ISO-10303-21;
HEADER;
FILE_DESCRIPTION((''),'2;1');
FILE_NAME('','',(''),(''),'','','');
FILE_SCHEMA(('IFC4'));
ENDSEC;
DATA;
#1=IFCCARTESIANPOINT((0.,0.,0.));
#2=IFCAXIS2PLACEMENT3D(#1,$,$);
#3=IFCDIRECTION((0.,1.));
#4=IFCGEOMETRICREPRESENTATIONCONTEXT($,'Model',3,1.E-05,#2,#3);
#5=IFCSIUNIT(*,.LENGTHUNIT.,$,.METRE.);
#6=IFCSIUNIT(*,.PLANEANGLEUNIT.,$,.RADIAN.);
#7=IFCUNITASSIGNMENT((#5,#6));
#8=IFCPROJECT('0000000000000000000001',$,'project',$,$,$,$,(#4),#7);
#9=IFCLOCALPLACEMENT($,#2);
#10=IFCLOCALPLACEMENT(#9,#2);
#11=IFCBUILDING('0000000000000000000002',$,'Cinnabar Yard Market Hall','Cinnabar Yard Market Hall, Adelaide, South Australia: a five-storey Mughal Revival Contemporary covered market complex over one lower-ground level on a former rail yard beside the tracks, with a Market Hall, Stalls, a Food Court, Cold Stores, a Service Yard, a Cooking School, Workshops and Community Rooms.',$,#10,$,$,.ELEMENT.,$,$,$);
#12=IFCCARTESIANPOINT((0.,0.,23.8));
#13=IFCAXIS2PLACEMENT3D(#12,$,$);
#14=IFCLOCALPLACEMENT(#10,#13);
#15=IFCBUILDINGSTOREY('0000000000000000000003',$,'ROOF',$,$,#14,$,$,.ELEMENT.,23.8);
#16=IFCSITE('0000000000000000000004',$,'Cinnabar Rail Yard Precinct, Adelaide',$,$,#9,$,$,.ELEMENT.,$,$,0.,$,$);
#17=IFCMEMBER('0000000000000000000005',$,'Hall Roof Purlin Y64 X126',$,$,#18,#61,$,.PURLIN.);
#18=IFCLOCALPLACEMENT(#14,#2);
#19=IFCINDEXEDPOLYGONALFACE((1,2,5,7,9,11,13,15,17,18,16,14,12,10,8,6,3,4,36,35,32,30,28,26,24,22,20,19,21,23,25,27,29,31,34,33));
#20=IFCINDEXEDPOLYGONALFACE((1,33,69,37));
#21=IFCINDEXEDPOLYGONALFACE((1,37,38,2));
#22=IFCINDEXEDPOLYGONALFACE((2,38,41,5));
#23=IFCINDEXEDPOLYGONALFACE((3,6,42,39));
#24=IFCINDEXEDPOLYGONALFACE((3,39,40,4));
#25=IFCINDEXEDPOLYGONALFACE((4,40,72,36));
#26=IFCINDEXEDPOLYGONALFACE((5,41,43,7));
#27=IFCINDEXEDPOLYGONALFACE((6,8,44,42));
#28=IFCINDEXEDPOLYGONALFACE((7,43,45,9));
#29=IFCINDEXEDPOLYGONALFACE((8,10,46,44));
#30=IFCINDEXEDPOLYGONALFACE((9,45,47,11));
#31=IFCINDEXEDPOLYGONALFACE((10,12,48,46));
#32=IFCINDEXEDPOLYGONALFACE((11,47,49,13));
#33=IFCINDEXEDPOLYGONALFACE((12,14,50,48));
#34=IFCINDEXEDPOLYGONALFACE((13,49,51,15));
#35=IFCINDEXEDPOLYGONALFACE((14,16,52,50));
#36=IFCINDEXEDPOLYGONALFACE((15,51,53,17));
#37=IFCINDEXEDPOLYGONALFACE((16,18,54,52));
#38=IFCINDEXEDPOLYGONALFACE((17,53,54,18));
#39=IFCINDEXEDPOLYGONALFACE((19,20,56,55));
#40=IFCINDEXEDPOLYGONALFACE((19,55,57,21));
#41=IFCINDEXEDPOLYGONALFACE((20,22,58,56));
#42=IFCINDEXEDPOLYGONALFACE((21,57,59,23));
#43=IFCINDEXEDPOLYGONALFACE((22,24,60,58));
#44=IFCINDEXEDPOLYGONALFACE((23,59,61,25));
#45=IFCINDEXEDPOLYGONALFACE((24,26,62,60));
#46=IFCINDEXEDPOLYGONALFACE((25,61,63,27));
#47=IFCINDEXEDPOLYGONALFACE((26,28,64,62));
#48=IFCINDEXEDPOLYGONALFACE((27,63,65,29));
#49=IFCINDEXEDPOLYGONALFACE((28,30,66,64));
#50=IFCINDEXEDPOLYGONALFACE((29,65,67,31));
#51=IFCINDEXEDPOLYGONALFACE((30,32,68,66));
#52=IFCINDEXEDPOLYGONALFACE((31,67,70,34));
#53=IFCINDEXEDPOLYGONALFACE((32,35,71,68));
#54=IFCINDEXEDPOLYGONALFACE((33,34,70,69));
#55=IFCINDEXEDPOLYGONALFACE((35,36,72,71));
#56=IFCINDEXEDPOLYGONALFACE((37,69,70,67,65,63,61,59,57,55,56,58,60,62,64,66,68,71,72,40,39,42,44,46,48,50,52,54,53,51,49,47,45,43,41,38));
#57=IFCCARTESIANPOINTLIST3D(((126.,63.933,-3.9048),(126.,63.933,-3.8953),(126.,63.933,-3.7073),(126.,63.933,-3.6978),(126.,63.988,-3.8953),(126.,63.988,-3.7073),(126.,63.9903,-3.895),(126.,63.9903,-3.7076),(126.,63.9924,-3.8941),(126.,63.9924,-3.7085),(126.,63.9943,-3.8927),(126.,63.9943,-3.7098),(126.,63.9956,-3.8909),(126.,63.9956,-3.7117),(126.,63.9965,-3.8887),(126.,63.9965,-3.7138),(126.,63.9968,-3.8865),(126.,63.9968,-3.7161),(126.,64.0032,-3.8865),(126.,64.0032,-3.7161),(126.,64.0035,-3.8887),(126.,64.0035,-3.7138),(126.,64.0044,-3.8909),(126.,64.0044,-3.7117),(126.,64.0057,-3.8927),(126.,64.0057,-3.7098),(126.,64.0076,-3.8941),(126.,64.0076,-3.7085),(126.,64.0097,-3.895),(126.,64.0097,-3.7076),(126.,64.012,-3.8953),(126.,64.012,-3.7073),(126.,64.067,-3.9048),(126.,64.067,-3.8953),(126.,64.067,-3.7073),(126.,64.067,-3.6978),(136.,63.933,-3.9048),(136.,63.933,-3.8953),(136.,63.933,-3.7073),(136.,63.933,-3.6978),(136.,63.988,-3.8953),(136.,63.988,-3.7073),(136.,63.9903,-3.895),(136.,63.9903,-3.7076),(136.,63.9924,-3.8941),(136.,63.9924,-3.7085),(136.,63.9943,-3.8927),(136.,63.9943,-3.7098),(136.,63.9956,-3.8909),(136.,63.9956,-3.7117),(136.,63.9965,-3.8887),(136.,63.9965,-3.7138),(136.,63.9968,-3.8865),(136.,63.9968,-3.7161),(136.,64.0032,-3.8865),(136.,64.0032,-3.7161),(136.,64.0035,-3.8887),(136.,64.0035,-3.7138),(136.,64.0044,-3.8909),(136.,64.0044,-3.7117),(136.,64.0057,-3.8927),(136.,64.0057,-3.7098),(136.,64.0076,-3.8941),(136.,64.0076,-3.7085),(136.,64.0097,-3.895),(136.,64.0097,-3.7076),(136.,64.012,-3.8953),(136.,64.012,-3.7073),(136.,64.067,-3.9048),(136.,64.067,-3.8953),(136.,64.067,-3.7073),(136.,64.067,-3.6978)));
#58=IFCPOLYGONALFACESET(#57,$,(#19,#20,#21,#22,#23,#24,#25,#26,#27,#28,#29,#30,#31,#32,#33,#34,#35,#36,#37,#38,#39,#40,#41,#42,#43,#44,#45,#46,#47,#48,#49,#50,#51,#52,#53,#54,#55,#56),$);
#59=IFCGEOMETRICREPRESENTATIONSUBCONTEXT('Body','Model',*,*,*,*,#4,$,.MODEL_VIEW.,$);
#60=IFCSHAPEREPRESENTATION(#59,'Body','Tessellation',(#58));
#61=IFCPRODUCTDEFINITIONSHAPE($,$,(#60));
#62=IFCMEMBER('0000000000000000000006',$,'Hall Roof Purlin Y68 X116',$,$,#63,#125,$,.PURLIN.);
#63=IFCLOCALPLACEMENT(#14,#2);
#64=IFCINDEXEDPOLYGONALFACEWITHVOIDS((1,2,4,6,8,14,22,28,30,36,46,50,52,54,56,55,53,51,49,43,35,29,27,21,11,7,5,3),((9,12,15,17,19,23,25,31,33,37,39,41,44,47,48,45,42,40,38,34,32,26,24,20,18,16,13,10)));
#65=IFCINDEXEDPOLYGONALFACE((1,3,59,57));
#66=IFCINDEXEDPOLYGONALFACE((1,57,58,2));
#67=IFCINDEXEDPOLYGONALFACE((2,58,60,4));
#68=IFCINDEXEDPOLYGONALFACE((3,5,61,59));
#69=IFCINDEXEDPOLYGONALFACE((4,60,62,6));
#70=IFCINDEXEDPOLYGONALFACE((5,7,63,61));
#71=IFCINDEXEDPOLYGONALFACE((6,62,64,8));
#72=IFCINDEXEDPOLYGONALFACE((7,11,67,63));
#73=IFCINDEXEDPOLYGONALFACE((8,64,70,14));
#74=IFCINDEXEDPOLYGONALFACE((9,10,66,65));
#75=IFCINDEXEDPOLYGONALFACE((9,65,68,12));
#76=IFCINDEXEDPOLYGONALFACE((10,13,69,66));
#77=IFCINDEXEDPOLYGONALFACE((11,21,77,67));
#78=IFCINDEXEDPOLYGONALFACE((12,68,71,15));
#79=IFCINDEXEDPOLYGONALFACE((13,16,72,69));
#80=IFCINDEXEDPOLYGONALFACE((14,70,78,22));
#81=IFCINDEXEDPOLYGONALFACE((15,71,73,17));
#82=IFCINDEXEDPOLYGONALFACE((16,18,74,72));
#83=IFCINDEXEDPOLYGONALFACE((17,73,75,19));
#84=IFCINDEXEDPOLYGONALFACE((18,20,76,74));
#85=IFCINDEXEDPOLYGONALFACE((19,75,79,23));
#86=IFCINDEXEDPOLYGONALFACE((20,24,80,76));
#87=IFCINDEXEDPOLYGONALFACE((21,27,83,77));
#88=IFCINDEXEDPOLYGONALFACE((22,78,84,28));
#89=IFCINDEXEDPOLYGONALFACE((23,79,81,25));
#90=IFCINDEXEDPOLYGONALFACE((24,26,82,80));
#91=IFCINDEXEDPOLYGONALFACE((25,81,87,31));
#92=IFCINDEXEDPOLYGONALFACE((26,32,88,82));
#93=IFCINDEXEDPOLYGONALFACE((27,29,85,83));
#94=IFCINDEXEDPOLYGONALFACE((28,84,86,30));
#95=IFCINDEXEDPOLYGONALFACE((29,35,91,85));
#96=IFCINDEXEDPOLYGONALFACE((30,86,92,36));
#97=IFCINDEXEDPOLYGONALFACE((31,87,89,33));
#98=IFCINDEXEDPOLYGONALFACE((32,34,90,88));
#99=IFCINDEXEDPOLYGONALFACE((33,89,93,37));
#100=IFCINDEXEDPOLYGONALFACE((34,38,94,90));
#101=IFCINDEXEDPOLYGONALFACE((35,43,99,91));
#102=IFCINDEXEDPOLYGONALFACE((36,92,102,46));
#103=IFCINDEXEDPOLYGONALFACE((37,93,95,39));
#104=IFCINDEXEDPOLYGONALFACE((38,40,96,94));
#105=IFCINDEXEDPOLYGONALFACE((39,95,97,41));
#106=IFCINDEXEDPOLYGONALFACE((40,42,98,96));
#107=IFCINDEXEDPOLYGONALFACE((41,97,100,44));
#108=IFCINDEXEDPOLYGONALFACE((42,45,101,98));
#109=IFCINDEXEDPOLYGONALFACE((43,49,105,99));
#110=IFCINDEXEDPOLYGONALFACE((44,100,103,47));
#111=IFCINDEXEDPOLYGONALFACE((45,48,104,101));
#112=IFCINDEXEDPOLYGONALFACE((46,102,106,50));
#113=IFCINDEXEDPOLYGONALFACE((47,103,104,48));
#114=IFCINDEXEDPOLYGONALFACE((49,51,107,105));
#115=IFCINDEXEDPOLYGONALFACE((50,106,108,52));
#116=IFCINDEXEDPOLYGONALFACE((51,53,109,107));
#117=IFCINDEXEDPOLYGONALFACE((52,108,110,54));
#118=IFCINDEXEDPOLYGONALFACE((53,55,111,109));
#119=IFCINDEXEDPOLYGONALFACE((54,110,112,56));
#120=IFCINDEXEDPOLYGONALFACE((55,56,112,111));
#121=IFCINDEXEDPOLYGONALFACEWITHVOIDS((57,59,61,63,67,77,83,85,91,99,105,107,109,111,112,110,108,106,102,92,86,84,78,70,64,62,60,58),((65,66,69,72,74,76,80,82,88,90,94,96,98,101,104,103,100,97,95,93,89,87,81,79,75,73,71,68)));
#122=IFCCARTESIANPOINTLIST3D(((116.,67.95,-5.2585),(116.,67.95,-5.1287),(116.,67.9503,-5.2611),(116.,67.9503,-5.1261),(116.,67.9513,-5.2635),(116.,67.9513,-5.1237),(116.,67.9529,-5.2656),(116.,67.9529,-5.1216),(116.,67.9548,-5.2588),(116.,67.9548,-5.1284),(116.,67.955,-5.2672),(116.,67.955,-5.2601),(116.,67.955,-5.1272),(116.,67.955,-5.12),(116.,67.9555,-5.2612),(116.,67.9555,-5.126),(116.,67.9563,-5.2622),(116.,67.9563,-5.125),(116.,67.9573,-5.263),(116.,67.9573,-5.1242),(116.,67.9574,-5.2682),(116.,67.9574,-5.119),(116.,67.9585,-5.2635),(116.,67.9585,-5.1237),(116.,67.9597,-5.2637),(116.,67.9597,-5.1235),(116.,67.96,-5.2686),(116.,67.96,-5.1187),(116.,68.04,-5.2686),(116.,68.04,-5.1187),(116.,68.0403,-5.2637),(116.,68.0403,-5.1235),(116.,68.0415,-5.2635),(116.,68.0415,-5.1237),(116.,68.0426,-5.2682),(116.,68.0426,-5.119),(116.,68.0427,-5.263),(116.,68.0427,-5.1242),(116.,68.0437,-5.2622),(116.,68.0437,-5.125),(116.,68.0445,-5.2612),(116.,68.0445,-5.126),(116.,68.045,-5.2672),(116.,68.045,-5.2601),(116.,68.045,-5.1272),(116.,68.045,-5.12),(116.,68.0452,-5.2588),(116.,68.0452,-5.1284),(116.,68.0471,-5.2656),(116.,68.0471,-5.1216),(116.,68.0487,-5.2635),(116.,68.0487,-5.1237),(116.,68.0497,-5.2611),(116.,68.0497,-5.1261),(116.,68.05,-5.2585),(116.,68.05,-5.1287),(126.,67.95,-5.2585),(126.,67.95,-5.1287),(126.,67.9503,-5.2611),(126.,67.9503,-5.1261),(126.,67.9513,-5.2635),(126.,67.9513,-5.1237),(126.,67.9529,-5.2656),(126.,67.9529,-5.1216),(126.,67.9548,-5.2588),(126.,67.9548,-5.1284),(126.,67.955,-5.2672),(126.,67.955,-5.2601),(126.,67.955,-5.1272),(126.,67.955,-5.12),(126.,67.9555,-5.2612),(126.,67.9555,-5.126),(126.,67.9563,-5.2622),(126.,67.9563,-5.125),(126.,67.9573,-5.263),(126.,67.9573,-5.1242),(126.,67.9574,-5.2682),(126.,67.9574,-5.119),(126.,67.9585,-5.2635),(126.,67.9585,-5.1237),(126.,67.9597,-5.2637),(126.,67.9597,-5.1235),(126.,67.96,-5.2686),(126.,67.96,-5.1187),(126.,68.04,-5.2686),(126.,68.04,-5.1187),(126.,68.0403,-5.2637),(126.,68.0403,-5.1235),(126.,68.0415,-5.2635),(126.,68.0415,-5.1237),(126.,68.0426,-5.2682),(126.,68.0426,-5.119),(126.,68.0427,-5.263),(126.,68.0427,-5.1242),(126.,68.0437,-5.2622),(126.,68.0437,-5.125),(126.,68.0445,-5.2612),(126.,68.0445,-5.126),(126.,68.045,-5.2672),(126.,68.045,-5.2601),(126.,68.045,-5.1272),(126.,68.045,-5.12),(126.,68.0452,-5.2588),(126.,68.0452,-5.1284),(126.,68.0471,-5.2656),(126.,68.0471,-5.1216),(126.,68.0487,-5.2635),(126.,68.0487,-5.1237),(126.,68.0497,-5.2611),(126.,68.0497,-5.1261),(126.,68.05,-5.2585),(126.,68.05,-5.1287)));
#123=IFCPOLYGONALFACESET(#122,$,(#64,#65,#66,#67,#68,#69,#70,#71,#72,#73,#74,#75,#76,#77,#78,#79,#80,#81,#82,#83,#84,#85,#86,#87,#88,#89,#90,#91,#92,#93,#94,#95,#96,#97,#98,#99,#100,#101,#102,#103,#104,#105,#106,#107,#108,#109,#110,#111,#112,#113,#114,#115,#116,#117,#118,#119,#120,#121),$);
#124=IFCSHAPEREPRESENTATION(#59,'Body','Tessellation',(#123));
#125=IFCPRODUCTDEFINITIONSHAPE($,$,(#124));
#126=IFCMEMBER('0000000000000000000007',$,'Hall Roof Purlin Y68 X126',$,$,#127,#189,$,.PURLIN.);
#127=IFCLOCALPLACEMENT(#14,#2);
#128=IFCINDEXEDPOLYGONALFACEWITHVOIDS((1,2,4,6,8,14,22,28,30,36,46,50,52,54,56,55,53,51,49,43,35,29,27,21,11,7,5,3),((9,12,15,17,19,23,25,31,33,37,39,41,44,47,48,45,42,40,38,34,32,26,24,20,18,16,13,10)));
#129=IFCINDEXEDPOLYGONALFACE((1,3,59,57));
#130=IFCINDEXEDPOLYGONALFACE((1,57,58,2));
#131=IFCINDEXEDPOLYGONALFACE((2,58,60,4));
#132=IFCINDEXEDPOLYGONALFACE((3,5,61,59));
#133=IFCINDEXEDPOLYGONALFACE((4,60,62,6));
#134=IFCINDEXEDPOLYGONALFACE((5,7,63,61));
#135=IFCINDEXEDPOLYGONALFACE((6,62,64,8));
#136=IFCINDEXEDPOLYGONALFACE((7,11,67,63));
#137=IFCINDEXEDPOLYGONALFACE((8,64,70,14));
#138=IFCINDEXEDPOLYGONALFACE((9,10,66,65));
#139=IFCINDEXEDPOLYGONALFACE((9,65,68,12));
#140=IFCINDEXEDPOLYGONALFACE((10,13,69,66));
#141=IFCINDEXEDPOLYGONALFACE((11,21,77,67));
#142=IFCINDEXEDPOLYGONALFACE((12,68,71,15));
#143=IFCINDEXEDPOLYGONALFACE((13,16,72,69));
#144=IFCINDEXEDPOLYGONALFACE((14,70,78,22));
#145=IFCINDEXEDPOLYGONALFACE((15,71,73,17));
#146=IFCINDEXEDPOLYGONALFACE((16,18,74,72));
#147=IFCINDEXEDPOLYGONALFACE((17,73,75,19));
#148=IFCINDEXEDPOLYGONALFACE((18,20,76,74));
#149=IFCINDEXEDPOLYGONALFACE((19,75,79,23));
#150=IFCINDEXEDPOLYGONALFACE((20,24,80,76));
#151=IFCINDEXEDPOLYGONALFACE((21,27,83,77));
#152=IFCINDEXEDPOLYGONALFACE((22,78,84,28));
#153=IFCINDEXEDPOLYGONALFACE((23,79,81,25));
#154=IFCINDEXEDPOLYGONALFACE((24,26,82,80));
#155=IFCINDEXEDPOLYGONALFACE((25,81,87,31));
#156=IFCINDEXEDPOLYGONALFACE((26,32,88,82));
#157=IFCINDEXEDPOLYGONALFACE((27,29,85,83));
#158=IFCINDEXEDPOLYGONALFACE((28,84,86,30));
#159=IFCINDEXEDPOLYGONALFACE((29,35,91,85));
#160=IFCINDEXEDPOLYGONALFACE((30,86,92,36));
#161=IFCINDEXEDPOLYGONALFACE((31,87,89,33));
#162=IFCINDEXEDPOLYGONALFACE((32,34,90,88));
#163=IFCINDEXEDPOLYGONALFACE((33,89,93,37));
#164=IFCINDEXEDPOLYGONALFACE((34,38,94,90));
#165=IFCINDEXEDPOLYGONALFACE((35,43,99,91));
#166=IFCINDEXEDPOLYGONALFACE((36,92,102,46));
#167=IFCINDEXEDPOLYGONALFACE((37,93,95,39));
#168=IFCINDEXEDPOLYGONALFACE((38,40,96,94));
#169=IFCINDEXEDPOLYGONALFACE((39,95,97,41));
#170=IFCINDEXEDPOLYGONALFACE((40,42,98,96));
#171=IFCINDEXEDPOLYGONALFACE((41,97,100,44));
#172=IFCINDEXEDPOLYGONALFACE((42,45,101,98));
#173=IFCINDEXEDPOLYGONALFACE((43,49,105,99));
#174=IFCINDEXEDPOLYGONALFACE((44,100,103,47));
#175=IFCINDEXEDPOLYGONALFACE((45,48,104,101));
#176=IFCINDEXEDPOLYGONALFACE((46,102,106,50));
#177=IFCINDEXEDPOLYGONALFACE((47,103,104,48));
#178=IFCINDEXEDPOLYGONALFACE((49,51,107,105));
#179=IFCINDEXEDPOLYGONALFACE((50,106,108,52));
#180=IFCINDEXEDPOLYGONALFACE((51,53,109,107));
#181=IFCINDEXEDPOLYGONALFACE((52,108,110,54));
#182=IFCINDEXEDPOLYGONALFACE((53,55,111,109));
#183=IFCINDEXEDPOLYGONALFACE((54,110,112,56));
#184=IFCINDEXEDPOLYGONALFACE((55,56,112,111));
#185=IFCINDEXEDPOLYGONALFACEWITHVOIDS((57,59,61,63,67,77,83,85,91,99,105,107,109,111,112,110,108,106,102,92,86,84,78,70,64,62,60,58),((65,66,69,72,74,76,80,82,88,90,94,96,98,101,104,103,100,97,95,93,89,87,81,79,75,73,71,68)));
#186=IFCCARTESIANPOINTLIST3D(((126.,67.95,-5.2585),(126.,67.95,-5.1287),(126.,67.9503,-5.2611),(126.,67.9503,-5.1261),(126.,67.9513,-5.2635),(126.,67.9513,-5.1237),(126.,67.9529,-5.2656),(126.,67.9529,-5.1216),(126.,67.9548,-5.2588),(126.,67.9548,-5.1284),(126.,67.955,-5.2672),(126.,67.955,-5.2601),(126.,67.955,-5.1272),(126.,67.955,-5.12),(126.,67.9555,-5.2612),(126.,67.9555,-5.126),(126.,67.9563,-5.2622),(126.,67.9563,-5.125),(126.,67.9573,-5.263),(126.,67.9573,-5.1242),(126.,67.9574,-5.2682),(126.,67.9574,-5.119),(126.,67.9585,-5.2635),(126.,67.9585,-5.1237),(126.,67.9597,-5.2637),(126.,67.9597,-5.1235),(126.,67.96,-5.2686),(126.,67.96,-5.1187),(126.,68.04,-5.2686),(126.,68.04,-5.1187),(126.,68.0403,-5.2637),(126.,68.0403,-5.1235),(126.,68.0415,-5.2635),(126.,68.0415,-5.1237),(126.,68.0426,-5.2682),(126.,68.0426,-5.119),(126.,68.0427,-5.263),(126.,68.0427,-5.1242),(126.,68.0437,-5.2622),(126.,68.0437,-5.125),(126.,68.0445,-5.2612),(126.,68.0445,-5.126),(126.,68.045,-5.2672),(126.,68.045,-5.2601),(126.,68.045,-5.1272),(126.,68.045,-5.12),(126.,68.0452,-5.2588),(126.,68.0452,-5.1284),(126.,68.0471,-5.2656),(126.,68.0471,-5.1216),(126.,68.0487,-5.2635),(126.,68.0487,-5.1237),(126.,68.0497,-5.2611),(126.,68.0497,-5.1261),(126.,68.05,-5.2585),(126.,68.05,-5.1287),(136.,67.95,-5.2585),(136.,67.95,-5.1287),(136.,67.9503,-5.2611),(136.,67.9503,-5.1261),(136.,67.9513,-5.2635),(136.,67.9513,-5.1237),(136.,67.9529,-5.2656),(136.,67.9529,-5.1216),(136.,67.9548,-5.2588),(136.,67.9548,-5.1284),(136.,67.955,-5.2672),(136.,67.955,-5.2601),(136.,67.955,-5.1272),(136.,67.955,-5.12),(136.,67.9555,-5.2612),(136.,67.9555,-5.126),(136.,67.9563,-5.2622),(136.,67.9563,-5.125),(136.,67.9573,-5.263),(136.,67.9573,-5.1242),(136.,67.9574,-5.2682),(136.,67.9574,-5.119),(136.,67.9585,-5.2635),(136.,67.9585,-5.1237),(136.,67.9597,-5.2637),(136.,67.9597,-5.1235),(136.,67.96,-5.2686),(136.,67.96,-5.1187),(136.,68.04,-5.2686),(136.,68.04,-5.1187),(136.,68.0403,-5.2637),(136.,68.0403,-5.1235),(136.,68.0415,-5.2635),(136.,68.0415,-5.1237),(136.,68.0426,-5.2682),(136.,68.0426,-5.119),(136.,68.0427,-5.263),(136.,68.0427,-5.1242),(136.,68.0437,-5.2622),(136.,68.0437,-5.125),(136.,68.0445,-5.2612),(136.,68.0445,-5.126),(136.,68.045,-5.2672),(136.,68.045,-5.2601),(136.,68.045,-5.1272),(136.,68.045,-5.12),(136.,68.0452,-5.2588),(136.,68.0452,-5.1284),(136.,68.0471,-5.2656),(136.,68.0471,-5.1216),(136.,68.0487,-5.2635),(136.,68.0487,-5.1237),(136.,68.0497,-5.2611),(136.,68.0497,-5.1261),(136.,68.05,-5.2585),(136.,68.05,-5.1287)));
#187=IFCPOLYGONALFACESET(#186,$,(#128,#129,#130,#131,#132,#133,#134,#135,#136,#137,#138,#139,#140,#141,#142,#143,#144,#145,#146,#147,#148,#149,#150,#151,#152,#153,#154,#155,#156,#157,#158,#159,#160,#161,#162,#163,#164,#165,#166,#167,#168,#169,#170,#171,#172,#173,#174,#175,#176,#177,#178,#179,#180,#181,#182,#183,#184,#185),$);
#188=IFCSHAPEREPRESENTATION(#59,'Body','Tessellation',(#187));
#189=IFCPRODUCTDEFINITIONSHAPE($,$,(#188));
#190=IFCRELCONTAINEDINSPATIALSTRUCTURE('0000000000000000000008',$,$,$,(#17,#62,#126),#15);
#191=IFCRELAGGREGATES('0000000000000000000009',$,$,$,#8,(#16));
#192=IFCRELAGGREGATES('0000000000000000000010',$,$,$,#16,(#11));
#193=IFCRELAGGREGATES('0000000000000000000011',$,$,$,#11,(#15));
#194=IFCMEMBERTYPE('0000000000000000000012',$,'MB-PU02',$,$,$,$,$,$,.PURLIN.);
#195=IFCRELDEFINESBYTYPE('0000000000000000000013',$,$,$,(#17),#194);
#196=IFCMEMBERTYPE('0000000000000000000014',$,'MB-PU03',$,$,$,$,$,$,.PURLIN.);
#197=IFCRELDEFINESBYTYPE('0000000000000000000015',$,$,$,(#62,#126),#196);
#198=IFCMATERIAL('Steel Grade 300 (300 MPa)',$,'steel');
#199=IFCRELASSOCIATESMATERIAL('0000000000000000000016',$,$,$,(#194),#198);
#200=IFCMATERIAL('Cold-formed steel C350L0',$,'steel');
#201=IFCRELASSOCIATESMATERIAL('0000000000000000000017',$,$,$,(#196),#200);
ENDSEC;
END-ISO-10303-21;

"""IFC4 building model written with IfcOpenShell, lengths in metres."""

from ifc_helpers import new_model, si_unit, direction, frame, origin, origin_2d_with_axis, place, context, subcontext, project, spatial, hollow_rectangle, i_section, extrude, material, material_profile, profile_set, type_object, element, save


model = new_model("IFC4")

# Units and contexts
model_context = context("Model", 3, precision=1e-05, world=origin(), true_north=direction((0.0, 1.0)))
body_context = subcontext(model_context, "Body", "Model", "MODEL_VIEW")
ifc_project = project(units=[si_unit("LENGTHUNIT", "METRE"), si_unit("PLANEANGLEUNIT", "RADIAN")], contexts=[model_context])

# Site, building, storey
site_placement = place(None, origin())
site = spatial("IfcSite", under=ifc_project, at=site_placement, Name="Cinnabar Rail Yard Precinct, Adelaide", CompositionType="ELEMENT", RefElevation=0.0)
building_placement = place(site_placement, origin())
building = spatial("IfcBuilding", under=site, at=building_placement, Name="Cinnabar Yard Market Hall", Description="Cinnabar Yard Market Hall, Adelaide, South Australia: a five-storey Mughal Revival Contemporary covered market complex over one lower-ground level on a former rail yard beside the tracks, with a Market Hall, Stalls, a Food Court, Cold Stores, a Service Yard, a Cooking School, Workshops and Community Rooms.", CompositionType="ELEMENT")
storey_placement = place(building_placement, frame((0.0, 0.0, 23.8)))
storey = spatial("IfcBuildingStorey", under=building, at=storey_placement, Name="ROOF", CompositionType="ELEMENT", Elevation=23.8)

# Shared definitions
ifc_material_1 = material(Name="Steel Grade 300 (300 MPa)", Category="steel")

# Members
ifc_material_2 = material(Name="Cold-formed steel C350L0", Category="steel")
ifc_material_profile_1 = material_profile(ifc_material_1, i_section(OverallWidth=0.134, OverallDepth=0.207, WebThickness=0.0063, FlangeThickness=0.0095, FilletRadius=0.0088, at=origin_2d_with_axis()), Name="200UB29.8")
ifc_profile_set_1 = profile_set([ifc_material_profile_1], Name="Steel Grade 300 (300 MPa)")
member_type_1 = type_object("IfcMemberType", Name="MB-PU02", PredefinedType="PURLIN", material=ifc_profile_set_1)
for number, where, z_axis, x_axis, name in (
    (1, (126.0, 64.0, -3.8013), (1.0, 0.0, 0.0), (0.0, 1.0, 0.0), "Hall Roof Purlin Y64 X126"),
):
    element("IfcMember", number, at=place(storey_placement, frame(where, z_axis=z_axis, x_axis=x_axis)), inside=storey, type_object=member_type_1, Name=name, PredefinedType="PURLIN", context=body_context, shape_type="SweptSolid", body=[
        extrude(i_section(OverallWidth=0.134, OverallDepth=0.207, WebThickness=0.0063, FlangeThickness=0.0095, FilletRadius=0.0088, at=origin_2d_with_axis()), origin(), (0.0, 0.0, 1.0), 10.0),
    ])
ifc_material_profile_2 = material_profile(ifc_material_2, hollow_rectangle(XDim=0.1001, YDim=0.1499, WallThickness=0.0049, InnerFilletRadius=0.0049, OuterFilletRadius=0.01, at=origin_2d_with_axis()), Name="150x100x5.0RHS")
ifc_profile_set_2 = profile_set([ifc_material_profile_2], Name="Cold-formed steel C350L0")
member_type_2 = type_object("IfcMemberType", Name="MB-PU03", PredefinedType="PURLIN", material=ifc_profile_set_2)
for number, where, z_axis, x_axis, name in (
    (2, (116.0, 68.0, -5.1936), (1.0, 0.0, 0.0), (0.0, 1.0, 0.0), "Hall Roof Purlin Y68 X116"),
    (3, (126.0, 68.0, -5.1936), (1.0, 0.0, 0.0), (0.0, 1.0, 0.0), "Hall Roof Purlin Y68 X126"),
):
    element("IfcMember", number, at=place(storey_placement, frame(where, z_axis=z_axis, x_axis=x_axis)), inside=storey, type_object=member_type_2, Name=name, PredefinedType="PURLIN", context=body_context, shape_type="SweptSolid", body=[
        extrude(hollow_rectangle(XDim=0.1001, YDim=0.1499, WallThickness=0.0049, InnerFilletRadius=0.0049, OuterFilletRadius=0.01, at=origin_2d_with_axis()), origin(), (0.0, 0.0, 1.0), 10.0),
    ])

save(model, "model.ifc")
